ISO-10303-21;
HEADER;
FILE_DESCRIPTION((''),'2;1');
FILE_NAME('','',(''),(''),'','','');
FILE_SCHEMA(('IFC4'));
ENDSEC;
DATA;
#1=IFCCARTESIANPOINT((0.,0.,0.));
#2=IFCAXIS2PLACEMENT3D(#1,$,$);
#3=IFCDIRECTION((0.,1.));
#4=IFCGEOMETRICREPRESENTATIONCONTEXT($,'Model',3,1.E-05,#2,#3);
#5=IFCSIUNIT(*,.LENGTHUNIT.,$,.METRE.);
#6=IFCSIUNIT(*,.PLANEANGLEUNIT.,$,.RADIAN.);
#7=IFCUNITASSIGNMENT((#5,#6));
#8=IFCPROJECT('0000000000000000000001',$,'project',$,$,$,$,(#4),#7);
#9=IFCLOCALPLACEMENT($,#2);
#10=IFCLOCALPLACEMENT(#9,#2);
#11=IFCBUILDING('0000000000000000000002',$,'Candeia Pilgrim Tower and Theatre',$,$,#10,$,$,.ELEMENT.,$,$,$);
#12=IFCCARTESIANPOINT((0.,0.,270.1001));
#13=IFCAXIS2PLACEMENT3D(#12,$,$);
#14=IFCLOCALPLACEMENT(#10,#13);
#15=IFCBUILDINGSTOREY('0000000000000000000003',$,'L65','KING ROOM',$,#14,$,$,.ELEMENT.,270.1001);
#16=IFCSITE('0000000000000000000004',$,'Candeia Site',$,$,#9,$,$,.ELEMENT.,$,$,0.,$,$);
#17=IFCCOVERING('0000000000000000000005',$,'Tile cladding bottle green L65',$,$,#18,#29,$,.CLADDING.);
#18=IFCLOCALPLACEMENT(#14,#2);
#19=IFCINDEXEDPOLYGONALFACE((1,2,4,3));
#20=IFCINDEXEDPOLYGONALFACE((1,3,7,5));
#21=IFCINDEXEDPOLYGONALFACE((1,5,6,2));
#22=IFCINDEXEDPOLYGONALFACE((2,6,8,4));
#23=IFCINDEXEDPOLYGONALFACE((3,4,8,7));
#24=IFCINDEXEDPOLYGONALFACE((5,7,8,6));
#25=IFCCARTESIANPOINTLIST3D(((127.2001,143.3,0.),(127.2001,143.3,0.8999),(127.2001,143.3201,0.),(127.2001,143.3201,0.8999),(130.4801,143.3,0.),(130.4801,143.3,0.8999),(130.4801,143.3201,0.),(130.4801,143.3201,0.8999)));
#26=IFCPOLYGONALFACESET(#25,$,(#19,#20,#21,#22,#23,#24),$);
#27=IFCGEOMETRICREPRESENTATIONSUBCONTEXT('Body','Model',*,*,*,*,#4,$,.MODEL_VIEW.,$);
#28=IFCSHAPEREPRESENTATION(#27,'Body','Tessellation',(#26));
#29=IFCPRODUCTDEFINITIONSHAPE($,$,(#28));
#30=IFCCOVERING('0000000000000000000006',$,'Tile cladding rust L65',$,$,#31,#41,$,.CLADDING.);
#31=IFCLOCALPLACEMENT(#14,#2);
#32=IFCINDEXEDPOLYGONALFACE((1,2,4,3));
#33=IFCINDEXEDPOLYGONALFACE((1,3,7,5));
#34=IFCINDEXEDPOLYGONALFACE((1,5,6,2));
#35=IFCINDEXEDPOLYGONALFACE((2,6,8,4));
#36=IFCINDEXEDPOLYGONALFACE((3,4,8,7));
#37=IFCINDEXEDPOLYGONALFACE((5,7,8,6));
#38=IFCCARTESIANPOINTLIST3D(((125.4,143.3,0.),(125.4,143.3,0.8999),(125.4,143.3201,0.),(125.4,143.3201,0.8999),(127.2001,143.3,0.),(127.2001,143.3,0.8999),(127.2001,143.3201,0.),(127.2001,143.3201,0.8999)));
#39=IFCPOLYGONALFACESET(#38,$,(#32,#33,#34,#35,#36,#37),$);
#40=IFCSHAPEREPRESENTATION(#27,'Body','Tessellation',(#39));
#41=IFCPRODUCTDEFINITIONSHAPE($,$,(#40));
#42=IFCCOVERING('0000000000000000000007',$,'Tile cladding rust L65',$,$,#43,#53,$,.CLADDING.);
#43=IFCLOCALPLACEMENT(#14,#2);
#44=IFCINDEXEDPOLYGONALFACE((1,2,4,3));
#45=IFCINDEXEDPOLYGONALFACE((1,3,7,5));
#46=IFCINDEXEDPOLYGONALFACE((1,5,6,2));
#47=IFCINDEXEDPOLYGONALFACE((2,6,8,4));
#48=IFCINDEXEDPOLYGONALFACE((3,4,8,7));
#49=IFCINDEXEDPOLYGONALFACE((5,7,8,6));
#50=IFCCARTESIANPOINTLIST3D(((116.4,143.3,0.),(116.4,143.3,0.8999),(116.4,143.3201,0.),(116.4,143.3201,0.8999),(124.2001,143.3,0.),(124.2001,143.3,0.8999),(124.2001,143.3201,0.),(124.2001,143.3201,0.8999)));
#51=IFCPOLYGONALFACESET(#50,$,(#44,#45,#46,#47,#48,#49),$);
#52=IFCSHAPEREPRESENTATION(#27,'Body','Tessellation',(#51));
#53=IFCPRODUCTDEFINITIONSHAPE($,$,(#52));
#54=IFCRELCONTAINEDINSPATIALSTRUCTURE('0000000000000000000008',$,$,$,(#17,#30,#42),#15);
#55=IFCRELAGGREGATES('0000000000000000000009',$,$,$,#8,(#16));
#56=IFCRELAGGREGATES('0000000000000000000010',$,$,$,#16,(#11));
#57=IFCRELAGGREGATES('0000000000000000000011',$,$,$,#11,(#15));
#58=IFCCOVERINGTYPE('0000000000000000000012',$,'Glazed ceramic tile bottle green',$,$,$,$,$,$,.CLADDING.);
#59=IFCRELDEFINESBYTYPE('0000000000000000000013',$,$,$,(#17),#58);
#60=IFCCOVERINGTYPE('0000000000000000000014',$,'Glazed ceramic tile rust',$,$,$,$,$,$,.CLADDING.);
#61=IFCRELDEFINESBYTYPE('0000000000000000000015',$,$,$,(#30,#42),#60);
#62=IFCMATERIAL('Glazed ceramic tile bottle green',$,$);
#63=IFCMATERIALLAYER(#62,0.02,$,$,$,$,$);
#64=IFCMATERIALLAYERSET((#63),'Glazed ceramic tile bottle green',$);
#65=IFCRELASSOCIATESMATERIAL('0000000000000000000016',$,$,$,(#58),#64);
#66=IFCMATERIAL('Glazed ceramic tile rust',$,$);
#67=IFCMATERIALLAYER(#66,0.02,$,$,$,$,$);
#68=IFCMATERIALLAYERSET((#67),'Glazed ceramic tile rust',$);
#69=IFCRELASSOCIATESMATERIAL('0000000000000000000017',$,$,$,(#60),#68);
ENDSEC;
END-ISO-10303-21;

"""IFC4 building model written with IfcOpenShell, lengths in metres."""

from ifc_helpers import new_model, si_unit, direction, frame, origin, origin_2d, place, context, subcontext, project, spatial, rectangle, extrude, material, layer, layer_set, type_object, element, save


model = new_model("IFC4")

# Units and contexts
model_context = context("Model", 3, precision=1e-05, world=origin(), true_north=direction((0.0, 1.0)))
body_context = subcontext(model_context, "Body", "Model", "MODEL_VIEW")
ifc_project = project(units=[si_unit("LENGTHUNIT", "METRE"), si_unit("PLANEANGLEUNIT", "RADIAN")], contexts=[model_context])

# Site, building, storey
site_placement = place(None, origin())
site = spatial("IfcSite", under=ifc_project, at=site_placement, Name="Candeia Site", CompositionType="ELEMENT", RefElevation=0.0)
building_placement = place(site_placement, origin())
building = spatial("IfcBuilding", under=site, at=building_placement, Name="Candeia Pilgrim Tower and Theatre", CompositionType="ELEMENT")
storey_placement = place(building_placement, frame((0.0, 0.0, 270.1001)))
storey = spatial("IfcBuildingStorey", under=building, at=storey_placement, Name="L65", Description="KING ROOM", CompositionType="ELEMENT", Elevation=270.1001)

# Coverings
ifc_material_1 = material(Name="Glazed ceramic tile bottle green")
ifc_layer_1 = layer(ifc_material_1, 0.02)
ifc_layer_set_1 = layer_set([ifc_layer_1], Name="Glazed ceramic tile bottle green")
covering_type_1 = type_object("IfcCoveringType", Name="Glazed ceramic tile bottle green", PredefinedType="CLADDING", material=ifc_layer_set_1)
covering_1_placement = place(storey_placement, frame((128.8401, 143.3101, 0.0), z_axis=(0.0, 0.0, 1.0), x_axis=(-1.0, 0.0, 0.0)))
element("IfcCovering", 1, at=covering_1_placement, inside=storey, type_object=covering_type_1, Name="Tile cladding bottle green L65", PredefinedType="CLADDING", context=body_context, shape_type="SweptSolid", body=[
    extrude(rectangle(XDim=3.28, YDim=0.02, at=origin_2d()), origin(), (0.0, 0.0, 1.0), 0.8999),
])
ifc_material_2 = material(Name="Glazed ceramic tile rust")
ifc_layer_2 = layer(ifc_material_2, 0.02)
ifc_layer_set_2 = layer_set([ifc_layer_2], Name="Glazed ceramic tile rust")
covering_type_2 = type_object("IfcCoveringType", Name="Glazed ceramic tile rust", PredefinedType="CLADDING", material=ifc_layer_set_2)
covering_2_placement = place(storey_placement, frame((126.3, 143.3101, 0.0), z_axis=(0.0, 0.0, 1.0), x_axis=(-1.0, 0.0, 0.0)))
element("IfcCovering", 2, at=covering_2_placement, inside=storey, type_object=covering_type_2, Name="Tile cladding rust L65", PredefinedType="CLADDING", context=body_context, shape_type="SweptSolid", body=[
    extrude(rectangle(XDim=1.8, YDim=0.02, at=origin_2d()), origin(), (0.0, 0.0, 1.0), 0.8999),
])
covering_3_placement = place(storey_placement, frame((120.3, 143.3101, 0.0), z_axis=(0.0, 0.0, 1.0), x_axis=(-1.0, 0.0, 0.0)))
element("IfcCovering", 3, at=covering_3_placement, inside=storey, type_object=covering_type_2, Name="Tile cladding rust L65", PredefinedType="CLADDING", context=body_context, shape_type="SweptSolid", body=[
    extrude(rectangle(XDim=7.8, YDim=0.02, at=origin_2d()), origin(), (0.0, 0.0, 1.0), 0.8999),
])

save(model, "model.ifc")
